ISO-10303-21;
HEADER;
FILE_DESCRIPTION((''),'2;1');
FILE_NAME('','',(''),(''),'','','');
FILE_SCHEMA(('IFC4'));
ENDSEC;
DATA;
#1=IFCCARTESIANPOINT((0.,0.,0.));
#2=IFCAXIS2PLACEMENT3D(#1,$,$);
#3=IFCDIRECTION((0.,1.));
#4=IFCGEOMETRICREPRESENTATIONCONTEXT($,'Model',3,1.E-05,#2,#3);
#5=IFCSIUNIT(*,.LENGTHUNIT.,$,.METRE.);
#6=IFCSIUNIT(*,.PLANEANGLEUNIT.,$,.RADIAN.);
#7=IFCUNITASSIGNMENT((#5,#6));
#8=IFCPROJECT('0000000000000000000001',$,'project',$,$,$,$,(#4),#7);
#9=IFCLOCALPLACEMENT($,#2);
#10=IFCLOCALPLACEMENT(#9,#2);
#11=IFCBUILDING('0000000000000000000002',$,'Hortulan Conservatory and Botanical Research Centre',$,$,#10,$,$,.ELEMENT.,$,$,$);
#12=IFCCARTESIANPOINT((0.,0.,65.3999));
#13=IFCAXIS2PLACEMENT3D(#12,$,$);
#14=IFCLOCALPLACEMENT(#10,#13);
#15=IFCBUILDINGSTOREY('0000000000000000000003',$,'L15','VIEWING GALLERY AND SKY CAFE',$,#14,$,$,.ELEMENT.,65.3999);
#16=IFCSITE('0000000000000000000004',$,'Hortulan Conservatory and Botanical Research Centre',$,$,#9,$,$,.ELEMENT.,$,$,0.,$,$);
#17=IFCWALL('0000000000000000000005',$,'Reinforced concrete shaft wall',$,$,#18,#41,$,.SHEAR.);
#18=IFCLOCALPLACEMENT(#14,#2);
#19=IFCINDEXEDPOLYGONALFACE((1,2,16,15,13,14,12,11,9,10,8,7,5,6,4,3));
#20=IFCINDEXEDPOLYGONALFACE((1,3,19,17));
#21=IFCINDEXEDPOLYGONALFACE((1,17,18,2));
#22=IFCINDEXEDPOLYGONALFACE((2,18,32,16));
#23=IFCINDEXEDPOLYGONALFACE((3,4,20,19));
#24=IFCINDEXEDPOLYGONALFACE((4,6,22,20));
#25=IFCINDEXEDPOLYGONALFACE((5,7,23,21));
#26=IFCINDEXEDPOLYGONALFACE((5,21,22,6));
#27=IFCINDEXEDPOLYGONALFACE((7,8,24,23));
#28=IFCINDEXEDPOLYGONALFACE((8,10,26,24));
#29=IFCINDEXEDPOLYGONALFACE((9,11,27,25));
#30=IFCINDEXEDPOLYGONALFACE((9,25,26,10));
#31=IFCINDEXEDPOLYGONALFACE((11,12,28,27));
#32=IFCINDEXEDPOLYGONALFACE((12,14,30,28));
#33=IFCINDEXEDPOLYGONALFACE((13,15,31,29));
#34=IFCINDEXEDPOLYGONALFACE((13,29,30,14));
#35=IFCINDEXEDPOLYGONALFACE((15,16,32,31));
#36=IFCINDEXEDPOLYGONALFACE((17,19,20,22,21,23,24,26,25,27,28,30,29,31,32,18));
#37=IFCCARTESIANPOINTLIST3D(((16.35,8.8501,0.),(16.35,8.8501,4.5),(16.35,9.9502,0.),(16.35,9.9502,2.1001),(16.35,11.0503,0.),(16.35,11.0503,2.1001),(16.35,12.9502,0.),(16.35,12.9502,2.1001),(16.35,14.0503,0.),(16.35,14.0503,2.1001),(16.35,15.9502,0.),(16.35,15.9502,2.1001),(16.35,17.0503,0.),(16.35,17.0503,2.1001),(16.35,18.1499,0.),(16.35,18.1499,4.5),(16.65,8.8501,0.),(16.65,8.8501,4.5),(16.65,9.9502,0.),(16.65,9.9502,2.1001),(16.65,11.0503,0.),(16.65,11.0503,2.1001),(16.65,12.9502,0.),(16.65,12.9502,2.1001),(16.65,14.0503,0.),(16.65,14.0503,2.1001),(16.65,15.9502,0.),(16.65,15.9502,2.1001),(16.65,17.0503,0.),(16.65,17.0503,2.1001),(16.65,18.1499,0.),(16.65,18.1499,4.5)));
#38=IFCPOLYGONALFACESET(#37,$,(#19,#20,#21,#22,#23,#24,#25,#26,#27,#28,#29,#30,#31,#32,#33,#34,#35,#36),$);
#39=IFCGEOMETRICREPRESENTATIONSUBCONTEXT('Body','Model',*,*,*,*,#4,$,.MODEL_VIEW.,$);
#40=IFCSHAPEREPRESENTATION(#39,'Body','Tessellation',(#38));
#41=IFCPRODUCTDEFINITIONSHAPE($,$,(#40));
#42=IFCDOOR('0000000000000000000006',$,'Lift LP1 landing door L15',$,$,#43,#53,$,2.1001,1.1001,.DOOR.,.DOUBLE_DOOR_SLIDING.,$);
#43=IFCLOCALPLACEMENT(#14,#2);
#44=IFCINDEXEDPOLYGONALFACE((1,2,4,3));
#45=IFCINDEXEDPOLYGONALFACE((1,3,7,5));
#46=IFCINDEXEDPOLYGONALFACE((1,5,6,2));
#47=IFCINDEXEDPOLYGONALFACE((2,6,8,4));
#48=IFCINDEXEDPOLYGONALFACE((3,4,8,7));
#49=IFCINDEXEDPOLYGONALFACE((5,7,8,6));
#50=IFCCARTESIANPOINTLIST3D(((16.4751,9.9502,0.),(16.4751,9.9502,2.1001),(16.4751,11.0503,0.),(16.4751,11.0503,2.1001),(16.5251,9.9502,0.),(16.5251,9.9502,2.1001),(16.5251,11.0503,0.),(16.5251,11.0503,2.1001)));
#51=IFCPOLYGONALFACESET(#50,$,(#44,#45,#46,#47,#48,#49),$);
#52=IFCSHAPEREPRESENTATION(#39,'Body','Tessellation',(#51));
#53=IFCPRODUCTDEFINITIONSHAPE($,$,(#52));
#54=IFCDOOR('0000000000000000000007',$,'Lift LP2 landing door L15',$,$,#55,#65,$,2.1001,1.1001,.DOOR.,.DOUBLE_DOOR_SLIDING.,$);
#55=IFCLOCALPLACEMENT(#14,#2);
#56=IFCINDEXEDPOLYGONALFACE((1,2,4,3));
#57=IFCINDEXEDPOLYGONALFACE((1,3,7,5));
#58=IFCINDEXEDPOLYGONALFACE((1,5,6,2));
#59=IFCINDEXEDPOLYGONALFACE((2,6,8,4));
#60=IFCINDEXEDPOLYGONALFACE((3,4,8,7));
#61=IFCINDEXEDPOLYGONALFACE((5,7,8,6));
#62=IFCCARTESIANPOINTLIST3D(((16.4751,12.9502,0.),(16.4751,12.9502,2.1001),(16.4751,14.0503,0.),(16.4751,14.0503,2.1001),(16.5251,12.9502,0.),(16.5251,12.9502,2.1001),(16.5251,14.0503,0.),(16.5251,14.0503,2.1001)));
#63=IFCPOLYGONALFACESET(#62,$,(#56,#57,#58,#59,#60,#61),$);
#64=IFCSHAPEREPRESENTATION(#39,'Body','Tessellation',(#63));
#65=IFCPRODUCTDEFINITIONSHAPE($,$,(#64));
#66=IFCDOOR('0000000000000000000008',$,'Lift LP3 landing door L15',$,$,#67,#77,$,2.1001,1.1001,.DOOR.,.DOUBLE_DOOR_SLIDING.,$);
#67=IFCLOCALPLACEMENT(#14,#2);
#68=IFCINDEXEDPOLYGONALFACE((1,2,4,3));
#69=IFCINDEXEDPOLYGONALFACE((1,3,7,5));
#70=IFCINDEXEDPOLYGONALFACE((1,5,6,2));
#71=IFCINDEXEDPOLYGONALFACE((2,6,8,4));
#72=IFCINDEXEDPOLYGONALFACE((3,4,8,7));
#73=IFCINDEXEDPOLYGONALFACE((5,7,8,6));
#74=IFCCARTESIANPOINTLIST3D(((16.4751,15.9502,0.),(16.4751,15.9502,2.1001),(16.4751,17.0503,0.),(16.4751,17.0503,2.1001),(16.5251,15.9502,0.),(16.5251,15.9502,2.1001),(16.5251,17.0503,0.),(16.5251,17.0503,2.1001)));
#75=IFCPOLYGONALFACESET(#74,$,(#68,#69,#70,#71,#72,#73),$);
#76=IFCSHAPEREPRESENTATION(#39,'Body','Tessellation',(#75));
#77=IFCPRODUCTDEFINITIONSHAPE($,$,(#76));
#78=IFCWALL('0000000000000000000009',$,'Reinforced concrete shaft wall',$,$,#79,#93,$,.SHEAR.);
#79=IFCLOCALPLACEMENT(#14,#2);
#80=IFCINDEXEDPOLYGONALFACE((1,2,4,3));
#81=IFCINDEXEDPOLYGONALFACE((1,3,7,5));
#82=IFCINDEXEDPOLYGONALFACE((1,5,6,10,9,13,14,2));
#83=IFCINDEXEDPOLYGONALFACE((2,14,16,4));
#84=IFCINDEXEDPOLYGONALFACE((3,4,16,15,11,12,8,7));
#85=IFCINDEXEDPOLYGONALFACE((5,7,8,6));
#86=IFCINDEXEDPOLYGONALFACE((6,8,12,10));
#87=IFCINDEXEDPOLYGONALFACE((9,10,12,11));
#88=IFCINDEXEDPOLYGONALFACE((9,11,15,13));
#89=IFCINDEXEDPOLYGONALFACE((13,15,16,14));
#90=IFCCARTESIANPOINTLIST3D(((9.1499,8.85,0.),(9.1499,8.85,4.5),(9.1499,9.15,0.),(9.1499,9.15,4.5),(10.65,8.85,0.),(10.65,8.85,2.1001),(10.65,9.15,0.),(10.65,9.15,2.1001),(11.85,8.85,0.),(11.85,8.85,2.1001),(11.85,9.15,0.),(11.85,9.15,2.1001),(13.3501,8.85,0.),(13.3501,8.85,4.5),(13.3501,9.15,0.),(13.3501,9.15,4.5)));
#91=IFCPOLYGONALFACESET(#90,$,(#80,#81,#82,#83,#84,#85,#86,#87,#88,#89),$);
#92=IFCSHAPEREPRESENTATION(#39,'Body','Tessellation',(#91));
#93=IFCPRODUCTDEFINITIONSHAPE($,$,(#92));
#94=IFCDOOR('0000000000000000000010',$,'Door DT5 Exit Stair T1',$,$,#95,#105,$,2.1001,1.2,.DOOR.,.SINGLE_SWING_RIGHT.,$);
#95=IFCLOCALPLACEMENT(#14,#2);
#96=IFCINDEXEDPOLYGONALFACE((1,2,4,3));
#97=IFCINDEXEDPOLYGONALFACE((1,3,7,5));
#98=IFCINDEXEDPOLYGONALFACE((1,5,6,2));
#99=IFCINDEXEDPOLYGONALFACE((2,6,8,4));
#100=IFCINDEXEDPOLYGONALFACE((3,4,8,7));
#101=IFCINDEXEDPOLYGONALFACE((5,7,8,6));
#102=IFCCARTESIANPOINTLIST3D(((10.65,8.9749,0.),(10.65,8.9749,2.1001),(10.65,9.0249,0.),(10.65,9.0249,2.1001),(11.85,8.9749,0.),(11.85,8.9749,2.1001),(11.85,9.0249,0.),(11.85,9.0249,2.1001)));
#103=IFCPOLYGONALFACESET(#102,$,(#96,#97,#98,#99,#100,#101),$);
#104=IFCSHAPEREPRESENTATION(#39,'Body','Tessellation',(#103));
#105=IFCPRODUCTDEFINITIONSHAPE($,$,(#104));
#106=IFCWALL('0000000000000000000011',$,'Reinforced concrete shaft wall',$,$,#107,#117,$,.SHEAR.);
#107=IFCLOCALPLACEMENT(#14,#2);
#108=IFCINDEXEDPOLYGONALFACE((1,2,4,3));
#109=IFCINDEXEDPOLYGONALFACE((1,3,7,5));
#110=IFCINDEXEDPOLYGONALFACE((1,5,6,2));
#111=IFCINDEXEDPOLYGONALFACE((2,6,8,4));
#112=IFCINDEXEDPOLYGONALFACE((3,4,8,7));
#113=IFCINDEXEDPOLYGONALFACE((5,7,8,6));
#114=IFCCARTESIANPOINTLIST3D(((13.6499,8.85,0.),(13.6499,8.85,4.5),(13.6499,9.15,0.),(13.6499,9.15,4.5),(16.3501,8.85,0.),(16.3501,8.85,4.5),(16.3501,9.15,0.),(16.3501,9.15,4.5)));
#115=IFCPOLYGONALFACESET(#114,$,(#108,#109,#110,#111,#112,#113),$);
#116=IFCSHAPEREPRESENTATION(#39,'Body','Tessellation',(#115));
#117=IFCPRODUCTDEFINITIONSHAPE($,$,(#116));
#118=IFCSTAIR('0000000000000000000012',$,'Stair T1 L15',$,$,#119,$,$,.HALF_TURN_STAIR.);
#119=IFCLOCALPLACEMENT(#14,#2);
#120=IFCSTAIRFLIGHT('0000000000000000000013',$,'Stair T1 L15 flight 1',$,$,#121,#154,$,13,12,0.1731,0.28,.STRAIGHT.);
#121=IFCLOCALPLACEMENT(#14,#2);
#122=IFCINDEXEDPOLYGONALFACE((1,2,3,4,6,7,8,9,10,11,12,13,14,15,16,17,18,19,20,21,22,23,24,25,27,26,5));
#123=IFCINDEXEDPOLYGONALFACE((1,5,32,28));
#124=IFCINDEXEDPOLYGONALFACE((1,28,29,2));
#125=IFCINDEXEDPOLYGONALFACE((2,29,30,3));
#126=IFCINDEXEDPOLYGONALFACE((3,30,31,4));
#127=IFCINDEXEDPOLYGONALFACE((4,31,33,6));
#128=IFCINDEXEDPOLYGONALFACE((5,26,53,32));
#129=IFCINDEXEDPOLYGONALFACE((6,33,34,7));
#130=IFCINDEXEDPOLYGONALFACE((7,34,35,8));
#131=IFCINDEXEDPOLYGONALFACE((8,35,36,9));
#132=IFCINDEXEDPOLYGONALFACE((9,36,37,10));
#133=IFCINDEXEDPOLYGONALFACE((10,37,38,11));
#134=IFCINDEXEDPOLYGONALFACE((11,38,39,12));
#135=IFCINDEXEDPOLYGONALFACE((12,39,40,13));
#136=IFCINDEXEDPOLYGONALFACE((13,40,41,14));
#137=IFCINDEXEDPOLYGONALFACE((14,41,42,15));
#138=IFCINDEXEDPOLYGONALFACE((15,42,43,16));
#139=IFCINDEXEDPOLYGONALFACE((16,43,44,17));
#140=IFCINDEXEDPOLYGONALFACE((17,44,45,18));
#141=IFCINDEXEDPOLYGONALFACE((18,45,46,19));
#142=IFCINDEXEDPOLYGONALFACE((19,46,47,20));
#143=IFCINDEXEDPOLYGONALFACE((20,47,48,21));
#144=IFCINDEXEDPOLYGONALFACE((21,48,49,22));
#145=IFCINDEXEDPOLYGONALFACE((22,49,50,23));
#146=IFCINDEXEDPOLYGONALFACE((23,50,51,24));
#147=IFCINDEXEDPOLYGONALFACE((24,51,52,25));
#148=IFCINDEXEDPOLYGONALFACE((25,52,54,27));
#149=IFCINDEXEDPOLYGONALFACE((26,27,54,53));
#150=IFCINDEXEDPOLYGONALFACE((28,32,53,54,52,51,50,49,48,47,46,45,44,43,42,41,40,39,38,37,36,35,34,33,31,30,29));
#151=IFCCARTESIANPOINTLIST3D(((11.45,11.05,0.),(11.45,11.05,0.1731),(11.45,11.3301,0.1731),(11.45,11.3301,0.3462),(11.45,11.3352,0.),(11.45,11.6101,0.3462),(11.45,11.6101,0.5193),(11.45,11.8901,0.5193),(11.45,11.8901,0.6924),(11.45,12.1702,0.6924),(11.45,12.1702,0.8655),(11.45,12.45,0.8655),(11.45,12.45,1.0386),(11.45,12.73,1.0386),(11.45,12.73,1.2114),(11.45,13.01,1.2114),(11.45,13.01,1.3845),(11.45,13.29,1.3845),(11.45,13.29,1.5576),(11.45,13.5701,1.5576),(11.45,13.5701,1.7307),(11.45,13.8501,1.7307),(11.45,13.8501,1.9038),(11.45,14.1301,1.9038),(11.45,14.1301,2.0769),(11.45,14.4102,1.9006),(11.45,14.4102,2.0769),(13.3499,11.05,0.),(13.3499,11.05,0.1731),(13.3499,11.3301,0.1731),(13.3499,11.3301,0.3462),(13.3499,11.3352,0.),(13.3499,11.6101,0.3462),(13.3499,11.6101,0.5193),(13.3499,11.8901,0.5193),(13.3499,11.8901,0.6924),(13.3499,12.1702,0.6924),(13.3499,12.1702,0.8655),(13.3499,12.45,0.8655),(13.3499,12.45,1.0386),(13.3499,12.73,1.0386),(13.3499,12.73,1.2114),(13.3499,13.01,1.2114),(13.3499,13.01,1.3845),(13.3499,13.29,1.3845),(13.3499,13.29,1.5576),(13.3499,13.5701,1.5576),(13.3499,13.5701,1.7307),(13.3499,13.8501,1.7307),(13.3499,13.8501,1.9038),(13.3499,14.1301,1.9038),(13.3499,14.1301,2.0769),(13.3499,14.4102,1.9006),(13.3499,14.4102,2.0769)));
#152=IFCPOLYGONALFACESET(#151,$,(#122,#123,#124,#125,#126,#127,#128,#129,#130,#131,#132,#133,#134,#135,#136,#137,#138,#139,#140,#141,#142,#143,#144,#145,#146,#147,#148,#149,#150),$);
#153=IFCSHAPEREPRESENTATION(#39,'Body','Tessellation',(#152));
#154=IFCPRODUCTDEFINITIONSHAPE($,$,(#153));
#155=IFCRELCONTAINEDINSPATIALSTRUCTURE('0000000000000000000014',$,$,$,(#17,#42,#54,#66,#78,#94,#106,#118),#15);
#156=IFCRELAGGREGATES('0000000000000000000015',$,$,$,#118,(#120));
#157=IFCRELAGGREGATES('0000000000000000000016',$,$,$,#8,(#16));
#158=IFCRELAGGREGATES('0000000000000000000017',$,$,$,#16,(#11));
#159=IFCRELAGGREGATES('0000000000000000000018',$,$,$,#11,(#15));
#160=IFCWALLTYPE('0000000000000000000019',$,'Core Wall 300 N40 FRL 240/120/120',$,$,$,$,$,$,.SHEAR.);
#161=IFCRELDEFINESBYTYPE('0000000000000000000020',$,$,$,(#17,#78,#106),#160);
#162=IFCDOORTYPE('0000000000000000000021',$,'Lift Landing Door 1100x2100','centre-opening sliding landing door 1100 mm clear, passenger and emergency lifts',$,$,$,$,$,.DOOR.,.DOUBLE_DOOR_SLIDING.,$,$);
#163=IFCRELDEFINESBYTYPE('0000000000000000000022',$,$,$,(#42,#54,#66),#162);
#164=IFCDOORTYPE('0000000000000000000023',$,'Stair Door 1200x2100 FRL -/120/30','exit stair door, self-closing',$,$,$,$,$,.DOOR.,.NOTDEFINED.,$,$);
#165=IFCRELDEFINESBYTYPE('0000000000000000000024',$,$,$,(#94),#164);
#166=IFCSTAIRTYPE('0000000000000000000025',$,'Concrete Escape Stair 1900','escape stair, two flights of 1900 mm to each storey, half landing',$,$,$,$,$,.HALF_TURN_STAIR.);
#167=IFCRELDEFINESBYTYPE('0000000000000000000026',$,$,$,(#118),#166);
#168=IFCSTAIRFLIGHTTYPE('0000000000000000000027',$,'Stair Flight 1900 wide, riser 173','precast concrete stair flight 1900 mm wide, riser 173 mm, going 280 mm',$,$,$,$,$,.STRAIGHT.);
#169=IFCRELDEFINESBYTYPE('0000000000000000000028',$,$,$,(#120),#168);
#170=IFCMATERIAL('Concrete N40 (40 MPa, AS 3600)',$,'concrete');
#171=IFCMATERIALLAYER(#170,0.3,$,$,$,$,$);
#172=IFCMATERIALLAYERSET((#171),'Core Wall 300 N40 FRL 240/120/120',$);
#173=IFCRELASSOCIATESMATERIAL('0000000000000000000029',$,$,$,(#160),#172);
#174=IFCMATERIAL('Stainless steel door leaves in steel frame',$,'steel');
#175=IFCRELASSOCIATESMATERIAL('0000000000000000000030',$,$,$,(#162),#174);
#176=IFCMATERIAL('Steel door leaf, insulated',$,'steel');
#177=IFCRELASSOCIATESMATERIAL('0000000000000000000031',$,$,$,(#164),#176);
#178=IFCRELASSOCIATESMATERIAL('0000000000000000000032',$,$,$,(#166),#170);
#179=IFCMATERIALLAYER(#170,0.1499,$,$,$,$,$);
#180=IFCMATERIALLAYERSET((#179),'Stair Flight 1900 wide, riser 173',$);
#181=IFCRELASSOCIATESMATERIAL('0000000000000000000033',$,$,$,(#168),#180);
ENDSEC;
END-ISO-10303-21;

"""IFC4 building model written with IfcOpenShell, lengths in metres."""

from ifc_helpers import new_model, si_unit, direction, frame, frame_2d, origin, place, context, subcontext, project, spatial, polyline, rectangle, outline, extrude, material, layer, layer_set, type_object, element, fill, aggregate, save


model = new_model("IFC4")

# Units and contexts
model_context = context("Model", 3, precision=1e-05, world=origin(), true_north=direction((0.0, 1.0)))
body_context = subcontext(model_context, "Body", "Model", "MODEL_VIEW")
ifc_project = project(units=[si_unit("LENGTHUNIT", "METRE"), si_unit("PLANEANGLEUNIT", "RADIAN")], contexts=[model_context])

# Site, building, storey
site_placement = place(None, origin())
site = spatial("IfcSite", under=ifc_project, at=site_placement, Name="Hortulan Conservatory and Botanical Research Centre", CompositionType="ELEMENT", RefElevation=0.0)
building_placement = place(site_placement, origin())
building = spatial("IfcBuilding", under=site, at=building_placement, Name="Hortulan Conservatory and Botanical Research Centre", CompositionType="ELEMENT")
storey_placement = place(building_placement, frame((0.0, 0.0, 65.3999)))
storey = spatial("IfcBuildingStorey", under=building, at=storey_placement, Name="L15", Description="VIEWING GALLERY AND SKY CAFE", CompositionType="ELEMENT", Elevation=65.3999)

# Shared definitions
ifc_material_1 = material(Name="Concrete N40 (40 MPa, AS 3600)", Category="concrete")
ifc_layer_1 = layer(ifc_material_1, 0.3)
ifc_layer_set_1 = layer_set([ifc_layer_1], Name="Core Wall 300 N40 FRL 240/120/120")
wall_type = type_object("IfcWallType", Name="Core Wall 300 N40 FRL 240/120/120", PredefinedType="SHEAR", material=ifc_layer_set_1)

# Wall, openings, doors
wall_1_placement = place(storey_placement, frame((16.5, 8.8501, 0.0), z_axis=(0.0, 0.0, 1.0), x_axis=(0.0, 1.0, 0.0)))
wall_1 = element("IfcWall", 1, at=wall_1_placement, inside=storey, type_object=wall_type, Name="Reinforced concrete shaft wall", PredefinedType="SHEAR", context=body_context, shape_type="SweptSolid", body=[
    extrude(rectangle(XDim=9.2998, YDim=0.3, at=frame_2d((4.6499, 0.0))), origin(), (0.0, 0.0, 1.0), 4.5),
])
opening_1_placement = place(wall_1_placement, frame((1.1001, 0.0, 0.0)))
opening_1 = element("IfcOpeningElement", 2, at=opening_1_placement, cuts=wall_1, PredefinedType="OPENING", context=body_context, shape_type="SweptSolid", body=[
    extrude(rectangle(XDim=1.1001, YDim=2.1001, at=frame_2d((0.55, 1.05))), frame((0.0, 0.1599, 0.0), z_axis=(0.0, -1.0, 0.0), x_axis=(1.0, 0.0, 0.0)), (0.0, 0.0, 1.0), 0.3201),
])
opening_2_placement = place(wall_1_placement, frame((4.1001, 0.0, 0.0)))
opening_2 = element("IfcOpeningElement", 3, at=opening_2_placement, cuts=wall_1, PredefinedType="OPENING", context=body_context, shape_type="SweptSolid", body=[
    extrude(rectangle(XDim=1.1001, YDim=2.1001, at=frame_2d((0.55, 1.05))), frame((0.0, 0.1599, 0.0), z_axis=(0.0, -1.0, 0.0), x_axis=(1.0, 0.0, 0.0)), (0.0, 0.0, 1.0), 0.3201),
])
opening_3_placement = place(wall_1_placement, frame((7.1001, 0.0, 0.0)))
opening_3 = element("IfcOpeningElement", 4, at=opening_3_placement, cuts=wall_1, PredefinedType="OPENING", context=body_context, shape_type="SweptSolid", body=[
    extrude(rectangle(XDim=1.1001, YDim=2.1001, at=frame_2d((0.55, 1.05))), frame((0.0, 0.1599, 0.0), z_axis=(0.0, -1.0, 0.0), x_axis=(1.0, 0.0, 0.0)), (0.0, 0.0, 1.0), 0.3201),
])
ifc_material_2 = material(Name="Stainless steel door leaves in steel frame", Category="steel")
door_type_1 = type_object("IfcDoorType", Name="Lift Landing Door 1100x2100", Description="centre-opening sliding landing door 1100 mm clear, passenger and emergency lifts", OperationType="DOUBLE_DOOR_SLIDING", PredefinedType="DOOR", material=ifc_material_2)
door_1_placement = place(opening_1_placement, origin())
door_1 = element("IfcDoor", 5, at=door_1_placement, inside=storey, type_object=door_type_1, Name="Lift LP1 landing door L15", OperationType="DOUBLE_DOOR_SLIDING", OverallHeight=2.1001, OverallWidth=1.1001, PredefinedType="DOOR", context=body_context, shape_type="SweptSolid", body=[
    extrude(rectangle(XDim=1.1001, YDim=2.1001, at=frame_2d((0.55, 1.05))), frame((0.0, 0.0249, 0.0), z_axis=(0.0, -1.0, 0.0), x_axis=(1.0, 0.0, 0.0)), (0.0, 0.0, 1.0), 0.05),
])
fill(opening_1, door_1)
door_2_placement = place(opening_2_placement, origin())
door_2 = element("IfcDoor", 6, at=door_2_placement, inside=storey, type_object=door_type_1, Name="Lift LP2 landing door L15", OperationType="DOUBLE_DOOR_SLIDING", OverallHeight=2.1001, OverallWidth=1.1001, PredefinedType="DOOR", context=body_context, shape_type="SweptSolid", body=[
    extrude(rectangle(XDim=1.1001, YDim=2.1001, at=frame_2d((0.55, 1.05))), frame((0.0, 0.0249, 0.0), z_axis=(0.0, -1.0, 0.0), x_axis=(1.0, 0.0, 0.0)), (0.0, 0.0, 1.0), 0.05),
])
fill(opening_2, door_2)
door_3_placement = place(opening_3_placement, origin())
door_3 = element("IfcDoor", 7, at=door_3_placement, inside=storey, type_object=door_type_1, Name="Lift LP3 landing door L15", OperationType="DOUBLE_DOOR_SLIDING", OverallHeight=2.1001, OverallWidth=1.1001, PredefinedType="DOOR", context=body_context, shape_type="SweptSolid", body=[
    extrude(rectangle(XDim=1.1001, YDim=2.1001, at=frame_2d((0.55, 1.05))), frame((0.0, 0.0249, 0.0), z_axis=(0.0, -1.0, 0.0), x_axis=(1.0, 0.0, 0.0)), (0.0, 0.0, 1.0), 0.05),
])
fill(opening_3, door_3)

# Wall, opening, door
wall_2_placement = place(storey_placement, frame((9.1499, 9.0, 0.0), z_axis=(0.0, 0.0, 1.0), x_axis=(1.0, 0.0, 0.0)))
wall_2 = element("IfcWall", 8, at=wall_2_placement, inside=storey, type_object=wall_type, Name="Reinforced concrete shaft wall", PredefinedType="SHEAR", context=body_context, shape_type="SweptSolid", body=[
    extrude(rectangle(XDim=4.2002, YDim=0.3, at=frame_2d((2.1001, 0.0))), origin(), (0.0, 0.0, 1.0), 4.5),
])
opening_4_placement = place(wall_2_placement, frame((1.5, 0.0, 0.0)))
opening_4 = element("IfcOpeningElement", 9, at=opening_4_placement, cuts=wall_2, PredefinedType="OPENING", context=body_context, shape_type="SweptSolid", body=[
    extrude(rectangle(XDim=1.2, YDim=2.1001, at=frame_2d((0.6001, 1.05))), frame((0.0, 0.1599, 0.0), z_axis=(0.0, -1.0, 0.0), x_axis=(1.0, 0.0, 0.0)), (0.0, 0.0, 1.0), 0.3201),
])
ifc_material_3 = material(Name="Steel door leaf, insulated", Category="steel")
door_type_2 = type_object("IfcDoorType", Name="Stair Door 1200x2100 FRL -/120/30", Description="exit stair door, self-closing", OperationType="NOTDEFINED", PredefinedType="DOOR", material=ifc_material_3)
door_4_placement = place(opening_4_placement, origin())
door_4 = element("IfcDoor", 10, at=door_4_placement, inside=storey, type_object=door_type_2, Name="Door DT5 Exit Stair T1", OperationType="SINGLE_SWING_RIGHT", OverallHeight=2.1001, OverallWidth=1.2, PredefinedType="DOOR", context=body_context, shape_type="SweptSolid", body=[
    extrude(rectangle(XDim=1.2, YDim=2.1001, at=frame_2d((0.6001, 1.05))), frame((0.0, 0.0249, 0.0), z_axis=(0.0, -1.0, 0.0), x_axis=(1.0, 0.0, 0.0)), (0.0, 0.0, 1.0), 0.05),
])
fill(opening_4, door_4)

# Wall
wall_3_placement = place(storey_placement, frame((13.6499, 9.0, 0.0), z_axis=(0.0, 0.0, 1.0), x_axis=(1.0, 0.0, 0.0)))
element("IfcWall", 11, at=wall_3_placement, inside=storey, type_object=wall_type, Name="Reinforced concrete shaft wall", PredefinedType="SHEAR", context=body_context, shape_type="SweptSolid", body=[
    extrude(rectangle(XDim=2.7002, YDim=0.3, at=frame_2d((1.3501, 0.0))), origin(), (0.0, 0.0, 1.0), 4.5),
])

# Stair, stair flight
stair_type = type_object("IfcStairType", Name="Concrete Escape Stair 1900", Description="escape stair, two flights of 1900 mm to each storey, half landing", PredefinedType="HALF_TURN_STAIR", material=ifc_material_1)
stair_placement = place(storey_placement, origin())
stair = element("IfcStair", 12, at=stair_placement, inside=storey, type_object=stair_type, Name="Stair T1 L15", PredefinedType="HALF_TURN_STAIR")
ifc_layer_2 = layer(ifc_material_1, 0.1499)
ifc_layer_set_2 = layer_set([ifc_layer_2], Name="Stair Flight 1900 wide, riser 173")
stair_flight_type = type_object("IfcStairFlightType", Name="Stair Flight 1900 wide, riser 173", Description="precast concrete stair flight 1900 mm wide, riser 173 mm, going 280 mm", PredefinedType="STRAIGHT", material=ifc_layer_set_2)
stair_flight_placement = place(storey_placement, frame((12.3999, 11.05, 0.0), z_axis=(0.0, 0.0, 1.0), x_axis=(0.0, 1.0, 0.0)))
stair_flight = element("IfcStairFlight", 13, at=stair_flight_placement, type_object=stair_flight_type, Name="Stair T1 L15 flight 1", NumberOfRisers=13, NumberOfTreads=12, PredefinedType="STRAIGHT", RiserHeight=0.1731, TreadLength=0.28, context=body_context, shape_type="SweptSolid", body=[
    extrude(outline(polyline([(0.0, 0.0), (0.0, 0.1731), (0.28, 0.1731), (0.28, 0.3462), (0.5601, 0.3462), (0.5601, 0.5193), (0.8401, 0.5193), (0.8401, 0.6924), (1.1201, 0.6924), (1.1201, 0.8655), (1.3999, 0.8655), (1.3999, 1.0386), (1.6799, 1.0386), (1.6799, 1.2114), (1.96, 1.2114), (1.96, 1.3845), (2.24, 1.3845), (2.24, 1.5576), (2.52, 1.5576), (2.52, 1.7307), (2.8, 1.7307), (2.8, 1.9038), (3.0801, 1.9038), (3.0801, 2.0769), (3.3601, 2.0769), (3.3601, 2.25), (3.3601, 1.9006), (0.2852, 0.0), (0.0, 0.0)])), frame((0.0, 0.95, 0.0), z_axis=(0.0, -1.0, 0.0), x_axis=(1.0, 0.0, 0.0)), (0.0, 0.0, 1.0), 1.8999),
])
aggregate(stair, [stair_flight])

save(model, "model.ifc")
